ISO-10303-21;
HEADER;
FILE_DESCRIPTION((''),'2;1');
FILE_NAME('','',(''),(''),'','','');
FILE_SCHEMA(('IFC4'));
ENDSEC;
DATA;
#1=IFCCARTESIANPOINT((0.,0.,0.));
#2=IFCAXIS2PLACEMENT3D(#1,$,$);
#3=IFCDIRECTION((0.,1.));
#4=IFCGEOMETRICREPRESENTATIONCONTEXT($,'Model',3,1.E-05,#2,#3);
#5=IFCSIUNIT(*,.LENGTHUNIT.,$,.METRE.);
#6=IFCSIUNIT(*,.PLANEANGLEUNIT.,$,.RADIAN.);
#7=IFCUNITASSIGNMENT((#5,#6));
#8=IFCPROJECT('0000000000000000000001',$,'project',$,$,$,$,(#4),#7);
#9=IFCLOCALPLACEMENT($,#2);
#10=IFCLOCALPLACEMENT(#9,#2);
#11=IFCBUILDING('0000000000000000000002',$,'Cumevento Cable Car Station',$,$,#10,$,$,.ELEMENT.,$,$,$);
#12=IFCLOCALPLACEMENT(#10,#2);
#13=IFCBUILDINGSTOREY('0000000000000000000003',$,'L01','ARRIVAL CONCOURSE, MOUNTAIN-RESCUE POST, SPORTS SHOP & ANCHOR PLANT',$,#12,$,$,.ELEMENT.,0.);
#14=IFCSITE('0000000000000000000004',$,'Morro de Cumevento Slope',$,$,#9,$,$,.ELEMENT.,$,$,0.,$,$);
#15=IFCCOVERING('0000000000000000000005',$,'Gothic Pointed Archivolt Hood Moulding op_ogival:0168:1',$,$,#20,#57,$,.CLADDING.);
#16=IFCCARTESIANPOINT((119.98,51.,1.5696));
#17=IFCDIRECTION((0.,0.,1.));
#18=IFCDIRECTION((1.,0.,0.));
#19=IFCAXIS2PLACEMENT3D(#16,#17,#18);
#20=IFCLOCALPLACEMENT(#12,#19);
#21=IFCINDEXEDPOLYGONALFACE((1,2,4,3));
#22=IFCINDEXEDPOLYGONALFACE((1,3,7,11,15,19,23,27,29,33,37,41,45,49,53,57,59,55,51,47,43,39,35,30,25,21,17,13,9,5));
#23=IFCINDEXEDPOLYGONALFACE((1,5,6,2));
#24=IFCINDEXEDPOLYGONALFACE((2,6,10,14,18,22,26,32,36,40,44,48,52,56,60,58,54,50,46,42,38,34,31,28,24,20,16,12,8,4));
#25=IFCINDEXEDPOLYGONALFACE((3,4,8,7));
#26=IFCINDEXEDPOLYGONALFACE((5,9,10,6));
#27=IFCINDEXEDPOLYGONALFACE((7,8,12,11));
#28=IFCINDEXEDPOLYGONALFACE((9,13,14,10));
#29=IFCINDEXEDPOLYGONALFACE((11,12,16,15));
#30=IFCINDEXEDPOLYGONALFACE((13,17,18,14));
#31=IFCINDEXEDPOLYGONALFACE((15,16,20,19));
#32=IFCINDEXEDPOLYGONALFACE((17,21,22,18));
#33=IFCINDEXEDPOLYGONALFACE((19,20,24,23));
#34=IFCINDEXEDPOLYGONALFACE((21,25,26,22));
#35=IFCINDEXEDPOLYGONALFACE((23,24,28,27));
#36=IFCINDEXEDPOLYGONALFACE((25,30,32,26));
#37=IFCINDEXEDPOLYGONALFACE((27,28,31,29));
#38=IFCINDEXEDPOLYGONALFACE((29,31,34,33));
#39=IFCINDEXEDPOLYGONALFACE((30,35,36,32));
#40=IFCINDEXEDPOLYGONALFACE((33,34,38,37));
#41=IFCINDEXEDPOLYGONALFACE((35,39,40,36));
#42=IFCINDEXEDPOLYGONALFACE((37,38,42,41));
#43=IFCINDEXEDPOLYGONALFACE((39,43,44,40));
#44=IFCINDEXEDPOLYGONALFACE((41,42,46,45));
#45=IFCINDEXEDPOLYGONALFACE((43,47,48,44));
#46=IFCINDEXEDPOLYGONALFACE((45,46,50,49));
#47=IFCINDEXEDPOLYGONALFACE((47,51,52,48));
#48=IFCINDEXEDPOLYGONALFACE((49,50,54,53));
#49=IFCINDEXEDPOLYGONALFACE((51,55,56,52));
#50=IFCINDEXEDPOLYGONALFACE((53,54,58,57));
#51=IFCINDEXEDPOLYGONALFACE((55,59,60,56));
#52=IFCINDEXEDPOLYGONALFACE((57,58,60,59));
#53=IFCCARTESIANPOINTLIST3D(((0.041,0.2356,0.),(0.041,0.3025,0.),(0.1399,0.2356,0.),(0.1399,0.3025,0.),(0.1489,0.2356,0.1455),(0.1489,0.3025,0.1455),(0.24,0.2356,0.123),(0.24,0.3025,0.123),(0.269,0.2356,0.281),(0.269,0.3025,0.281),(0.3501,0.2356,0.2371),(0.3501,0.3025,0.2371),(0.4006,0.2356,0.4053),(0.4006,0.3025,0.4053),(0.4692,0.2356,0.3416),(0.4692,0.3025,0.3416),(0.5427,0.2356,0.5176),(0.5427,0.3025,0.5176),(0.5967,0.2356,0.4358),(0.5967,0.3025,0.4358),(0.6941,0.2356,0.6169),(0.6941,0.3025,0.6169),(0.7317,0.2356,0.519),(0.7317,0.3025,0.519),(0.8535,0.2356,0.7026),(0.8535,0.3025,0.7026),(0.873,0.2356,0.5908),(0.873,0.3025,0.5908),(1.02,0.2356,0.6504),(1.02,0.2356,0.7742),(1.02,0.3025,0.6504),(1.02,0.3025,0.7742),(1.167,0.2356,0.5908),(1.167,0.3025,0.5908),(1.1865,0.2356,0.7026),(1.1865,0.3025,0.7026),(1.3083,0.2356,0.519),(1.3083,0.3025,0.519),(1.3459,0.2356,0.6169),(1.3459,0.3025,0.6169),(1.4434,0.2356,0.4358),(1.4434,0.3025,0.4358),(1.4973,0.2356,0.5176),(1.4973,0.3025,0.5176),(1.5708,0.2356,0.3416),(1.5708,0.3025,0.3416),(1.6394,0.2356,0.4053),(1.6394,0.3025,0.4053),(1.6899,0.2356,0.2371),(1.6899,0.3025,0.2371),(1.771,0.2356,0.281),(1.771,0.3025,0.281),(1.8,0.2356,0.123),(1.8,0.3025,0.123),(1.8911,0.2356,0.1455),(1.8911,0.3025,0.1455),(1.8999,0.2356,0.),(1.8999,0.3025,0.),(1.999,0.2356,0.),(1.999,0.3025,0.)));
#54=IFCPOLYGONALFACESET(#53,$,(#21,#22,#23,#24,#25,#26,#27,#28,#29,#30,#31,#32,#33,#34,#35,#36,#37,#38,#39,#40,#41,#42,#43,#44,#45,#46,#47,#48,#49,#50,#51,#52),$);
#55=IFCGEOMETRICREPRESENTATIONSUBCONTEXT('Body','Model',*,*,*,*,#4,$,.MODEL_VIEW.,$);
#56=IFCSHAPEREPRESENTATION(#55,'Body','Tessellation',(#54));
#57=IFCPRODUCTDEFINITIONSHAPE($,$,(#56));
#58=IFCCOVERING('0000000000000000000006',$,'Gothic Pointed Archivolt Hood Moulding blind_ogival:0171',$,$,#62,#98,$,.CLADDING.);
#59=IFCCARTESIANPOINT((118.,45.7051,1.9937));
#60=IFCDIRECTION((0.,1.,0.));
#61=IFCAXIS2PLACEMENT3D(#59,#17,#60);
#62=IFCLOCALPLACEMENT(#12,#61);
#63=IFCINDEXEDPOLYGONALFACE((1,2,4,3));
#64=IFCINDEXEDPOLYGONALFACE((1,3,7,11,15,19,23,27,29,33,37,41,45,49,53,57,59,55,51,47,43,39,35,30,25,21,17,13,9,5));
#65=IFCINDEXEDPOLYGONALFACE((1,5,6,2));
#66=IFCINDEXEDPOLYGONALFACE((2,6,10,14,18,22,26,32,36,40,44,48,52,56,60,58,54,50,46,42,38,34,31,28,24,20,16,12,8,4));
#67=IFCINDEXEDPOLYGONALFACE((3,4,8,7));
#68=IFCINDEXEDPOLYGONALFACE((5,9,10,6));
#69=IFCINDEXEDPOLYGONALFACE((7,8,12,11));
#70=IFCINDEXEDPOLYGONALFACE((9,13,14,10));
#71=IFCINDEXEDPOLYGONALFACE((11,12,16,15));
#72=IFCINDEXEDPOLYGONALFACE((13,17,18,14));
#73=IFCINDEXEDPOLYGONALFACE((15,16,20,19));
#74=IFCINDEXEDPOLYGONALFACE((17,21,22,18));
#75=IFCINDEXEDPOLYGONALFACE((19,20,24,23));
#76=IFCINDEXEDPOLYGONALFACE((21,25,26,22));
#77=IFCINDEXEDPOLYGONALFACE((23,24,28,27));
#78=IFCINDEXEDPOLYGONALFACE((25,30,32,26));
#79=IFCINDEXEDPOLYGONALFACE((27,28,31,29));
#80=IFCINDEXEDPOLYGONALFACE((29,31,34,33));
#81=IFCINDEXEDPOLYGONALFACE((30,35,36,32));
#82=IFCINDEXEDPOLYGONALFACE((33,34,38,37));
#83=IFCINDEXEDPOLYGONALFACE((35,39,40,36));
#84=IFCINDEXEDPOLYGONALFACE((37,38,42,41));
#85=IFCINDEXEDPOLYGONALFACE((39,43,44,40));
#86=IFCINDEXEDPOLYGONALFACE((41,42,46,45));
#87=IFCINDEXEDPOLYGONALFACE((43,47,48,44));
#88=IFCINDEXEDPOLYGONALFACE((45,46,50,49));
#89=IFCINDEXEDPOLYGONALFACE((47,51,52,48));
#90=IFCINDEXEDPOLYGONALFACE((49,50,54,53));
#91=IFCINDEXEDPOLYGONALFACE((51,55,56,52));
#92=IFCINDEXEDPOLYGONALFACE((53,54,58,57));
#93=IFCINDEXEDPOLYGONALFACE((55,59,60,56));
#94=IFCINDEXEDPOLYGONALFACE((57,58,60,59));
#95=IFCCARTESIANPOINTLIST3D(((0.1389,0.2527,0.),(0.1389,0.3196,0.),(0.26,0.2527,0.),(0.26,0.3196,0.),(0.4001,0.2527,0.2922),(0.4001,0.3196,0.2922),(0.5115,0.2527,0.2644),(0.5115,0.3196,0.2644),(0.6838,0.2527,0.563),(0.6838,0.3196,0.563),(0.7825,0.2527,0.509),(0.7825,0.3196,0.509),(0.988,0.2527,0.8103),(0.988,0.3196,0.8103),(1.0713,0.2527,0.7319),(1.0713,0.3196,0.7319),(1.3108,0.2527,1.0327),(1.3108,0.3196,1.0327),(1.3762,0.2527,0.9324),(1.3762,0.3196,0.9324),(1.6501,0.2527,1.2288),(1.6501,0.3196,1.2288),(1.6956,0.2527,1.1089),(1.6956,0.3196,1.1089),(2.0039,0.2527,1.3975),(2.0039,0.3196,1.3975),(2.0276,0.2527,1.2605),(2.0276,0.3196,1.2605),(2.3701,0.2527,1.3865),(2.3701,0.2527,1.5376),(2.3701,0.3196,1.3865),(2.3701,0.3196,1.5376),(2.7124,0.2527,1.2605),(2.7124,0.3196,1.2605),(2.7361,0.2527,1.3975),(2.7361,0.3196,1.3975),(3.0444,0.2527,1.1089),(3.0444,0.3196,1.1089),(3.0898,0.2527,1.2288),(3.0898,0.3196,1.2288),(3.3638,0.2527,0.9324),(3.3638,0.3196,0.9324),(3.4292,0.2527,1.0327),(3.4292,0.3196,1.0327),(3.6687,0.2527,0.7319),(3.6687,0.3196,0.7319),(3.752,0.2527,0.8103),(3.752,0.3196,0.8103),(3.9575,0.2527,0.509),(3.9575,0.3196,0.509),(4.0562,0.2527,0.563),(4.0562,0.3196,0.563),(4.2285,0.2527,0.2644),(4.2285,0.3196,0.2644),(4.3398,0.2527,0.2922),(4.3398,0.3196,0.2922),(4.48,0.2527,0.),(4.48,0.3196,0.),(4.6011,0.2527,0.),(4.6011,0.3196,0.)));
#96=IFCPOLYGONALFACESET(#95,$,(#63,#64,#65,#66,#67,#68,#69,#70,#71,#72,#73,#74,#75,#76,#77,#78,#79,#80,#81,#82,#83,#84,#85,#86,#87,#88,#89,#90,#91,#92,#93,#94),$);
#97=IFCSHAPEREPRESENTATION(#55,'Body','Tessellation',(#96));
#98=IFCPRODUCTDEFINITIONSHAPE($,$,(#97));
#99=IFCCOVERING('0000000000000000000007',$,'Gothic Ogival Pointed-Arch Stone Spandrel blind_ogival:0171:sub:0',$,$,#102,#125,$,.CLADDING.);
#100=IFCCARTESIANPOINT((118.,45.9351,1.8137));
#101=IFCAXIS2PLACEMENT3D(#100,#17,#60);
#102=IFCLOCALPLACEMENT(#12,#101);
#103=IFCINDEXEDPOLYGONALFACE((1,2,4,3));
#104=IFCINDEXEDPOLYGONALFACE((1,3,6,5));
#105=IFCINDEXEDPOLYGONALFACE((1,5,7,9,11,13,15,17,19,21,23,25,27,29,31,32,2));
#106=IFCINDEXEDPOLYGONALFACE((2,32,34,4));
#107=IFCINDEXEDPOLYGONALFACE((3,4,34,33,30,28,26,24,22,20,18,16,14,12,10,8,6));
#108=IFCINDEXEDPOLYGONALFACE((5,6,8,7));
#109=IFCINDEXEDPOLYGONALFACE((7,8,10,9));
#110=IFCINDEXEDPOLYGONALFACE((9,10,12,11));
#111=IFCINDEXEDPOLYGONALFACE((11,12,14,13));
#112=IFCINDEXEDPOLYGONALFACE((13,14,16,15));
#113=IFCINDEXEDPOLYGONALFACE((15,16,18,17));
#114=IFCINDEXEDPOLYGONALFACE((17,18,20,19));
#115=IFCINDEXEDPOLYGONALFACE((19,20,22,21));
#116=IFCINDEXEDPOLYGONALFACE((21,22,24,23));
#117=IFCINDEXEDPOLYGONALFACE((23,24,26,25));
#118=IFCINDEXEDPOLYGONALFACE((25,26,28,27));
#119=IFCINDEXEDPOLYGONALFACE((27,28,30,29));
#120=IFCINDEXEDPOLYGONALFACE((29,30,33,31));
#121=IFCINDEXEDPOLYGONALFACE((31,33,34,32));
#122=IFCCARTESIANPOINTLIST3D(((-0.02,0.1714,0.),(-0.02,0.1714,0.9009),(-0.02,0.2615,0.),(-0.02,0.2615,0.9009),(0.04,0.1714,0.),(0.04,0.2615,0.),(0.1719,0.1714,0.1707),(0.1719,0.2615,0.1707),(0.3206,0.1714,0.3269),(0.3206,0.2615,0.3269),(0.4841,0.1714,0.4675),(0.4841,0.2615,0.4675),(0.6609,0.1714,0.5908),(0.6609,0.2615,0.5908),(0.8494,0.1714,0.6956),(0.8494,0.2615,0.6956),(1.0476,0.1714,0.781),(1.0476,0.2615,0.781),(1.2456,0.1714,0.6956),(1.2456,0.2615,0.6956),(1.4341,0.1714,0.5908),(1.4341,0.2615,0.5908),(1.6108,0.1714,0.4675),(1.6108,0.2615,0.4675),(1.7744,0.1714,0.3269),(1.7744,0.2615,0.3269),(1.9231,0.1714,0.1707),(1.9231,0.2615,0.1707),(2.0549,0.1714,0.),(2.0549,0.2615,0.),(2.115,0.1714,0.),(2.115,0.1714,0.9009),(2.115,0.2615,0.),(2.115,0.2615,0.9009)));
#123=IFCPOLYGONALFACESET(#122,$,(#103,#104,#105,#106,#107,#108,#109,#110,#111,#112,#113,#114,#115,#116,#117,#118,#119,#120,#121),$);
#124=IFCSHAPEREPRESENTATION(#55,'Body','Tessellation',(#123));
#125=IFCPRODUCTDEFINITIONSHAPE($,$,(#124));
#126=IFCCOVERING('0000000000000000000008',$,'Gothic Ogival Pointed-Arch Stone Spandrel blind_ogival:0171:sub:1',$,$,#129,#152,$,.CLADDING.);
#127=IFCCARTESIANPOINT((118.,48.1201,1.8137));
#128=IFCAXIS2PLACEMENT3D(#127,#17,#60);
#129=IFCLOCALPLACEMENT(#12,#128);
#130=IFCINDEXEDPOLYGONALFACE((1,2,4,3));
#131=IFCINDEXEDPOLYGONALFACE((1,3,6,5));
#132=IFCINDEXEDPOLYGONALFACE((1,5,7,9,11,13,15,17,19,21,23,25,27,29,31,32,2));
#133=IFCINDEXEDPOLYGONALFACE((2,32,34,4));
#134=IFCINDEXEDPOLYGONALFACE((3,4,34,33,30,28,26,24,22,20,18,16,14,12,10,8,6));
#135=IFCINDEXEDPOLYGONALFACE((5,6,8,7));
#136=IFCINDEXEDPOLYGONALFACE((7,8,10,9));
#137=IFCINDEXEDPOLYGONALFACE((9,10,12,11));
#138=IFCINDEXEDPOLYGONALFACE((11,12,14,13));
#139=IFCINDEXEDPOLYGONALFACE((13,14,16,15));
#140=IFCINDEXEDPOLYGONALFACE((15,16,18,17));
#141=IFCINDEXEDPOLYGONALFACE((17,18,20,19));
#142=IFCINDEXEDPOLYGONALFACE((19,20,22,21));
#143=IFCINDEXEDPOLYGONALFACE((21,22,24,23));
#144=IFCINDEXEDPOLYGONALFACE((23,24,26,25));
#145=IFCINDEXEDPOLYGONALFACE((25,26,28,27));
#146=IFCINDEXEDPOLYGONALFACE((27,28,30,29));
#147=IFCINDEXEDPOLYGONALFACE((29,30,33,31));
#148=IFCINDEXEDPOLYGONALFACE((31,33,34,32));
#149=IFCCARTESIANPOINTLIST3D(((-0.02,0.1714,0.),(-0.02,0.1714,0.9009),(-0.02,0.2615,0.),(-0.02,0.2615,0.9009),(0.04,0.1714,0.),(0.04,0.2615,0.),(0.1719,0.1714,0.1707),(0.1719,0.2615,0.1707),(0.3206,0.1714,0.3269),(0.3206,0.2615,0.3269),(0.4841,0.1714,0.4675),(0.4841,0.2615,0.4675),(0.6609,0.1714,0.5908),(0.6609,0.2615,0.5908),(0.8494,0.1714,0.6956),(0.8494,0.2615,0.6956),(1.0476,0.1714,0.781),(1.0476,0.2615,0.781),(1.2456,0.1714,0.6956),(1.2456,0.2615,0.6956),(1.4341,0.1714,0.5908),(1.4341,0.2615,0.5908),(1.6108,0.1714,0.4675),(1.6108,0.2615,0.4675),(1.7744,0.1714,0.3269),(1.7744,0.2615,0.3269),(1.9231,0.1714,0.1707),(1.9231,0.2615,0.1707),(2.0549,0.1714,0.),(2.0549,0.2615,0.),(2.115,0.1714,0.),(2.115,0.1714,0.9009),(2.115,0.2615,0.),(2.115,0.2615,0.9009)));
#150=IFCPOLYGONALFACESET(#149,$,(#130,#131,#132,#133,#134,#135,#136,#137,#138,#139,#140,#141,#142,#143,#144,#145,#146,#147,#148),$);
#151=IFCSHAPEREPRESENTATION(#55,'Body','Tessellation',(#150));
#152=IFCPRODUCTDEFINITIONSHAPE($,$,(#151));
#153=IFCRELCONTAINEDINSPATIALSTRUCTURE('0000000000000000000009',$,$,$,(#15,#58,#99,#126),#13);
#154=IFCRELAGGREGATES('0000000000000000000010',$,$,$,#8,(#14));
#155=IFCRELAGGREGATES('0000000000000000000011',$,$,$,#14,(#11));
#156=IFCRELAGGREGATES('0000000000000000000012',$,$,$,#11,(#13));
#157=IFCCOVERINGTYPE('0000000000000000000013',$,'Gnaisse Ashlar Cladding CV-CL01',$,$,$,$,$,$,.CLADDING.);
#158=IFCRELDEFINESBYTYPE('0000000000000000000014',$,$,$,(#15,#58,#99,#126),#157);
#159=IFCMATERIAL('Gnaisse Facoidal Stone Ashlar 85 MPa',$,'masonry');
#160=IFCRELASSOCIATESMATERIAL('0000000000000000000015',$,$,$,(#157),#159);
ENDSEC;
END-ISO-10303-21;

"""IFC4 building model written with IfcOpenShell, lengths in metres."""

from ifc_helpers import new_model, si_unit, direction, frame, origin, place, context, subcontext, project, spatial, polyline, outline, extrude, material, type_object, element, save


model = new_model("IFC4")

# Units and contexts
model_context = context("Model", 3, precision=1e-05, world=origin(), true_north=direction((0.0, 1.0)))
body_context = subcontext(model_context, "Body", "Model", "MODEL_VIEW")
ifc_project = project(units=[si_unit("LENGTHUNIT", "METRE"), si_unit("PLANEANGLEUNIT", "RADIAN")], contexts=[model_context])

# Site, building, storey
site_placement = place(None, origin())
site = spatial("IfcSite", under=ifc_project, at=site_placement, Name="Morro de Cumevento Slope", CompositionType="ELEMENT", RefElevation=0.0)
building_placement = place(site_placement, origin())
building = spatial("IfcBuilding", under=site, at=building_placement, Name="Cumevento Cable Car Station", CompositionType="ELEMENT")
storey_placement = place(building_placement, origin())
storey = spatial("IfcBuildingStorey", under=building, at=storey_placement, Name="L01", Description="ARRIVAL CONCOURSE, MOUNTAIN-RESCUE POST, SPORTS SHOP & ANCHOR PLANT", CompositionType="ELEMENT", Elevation=0.0)

# Coverings
ifc_material_1 = material(Name="Gnaisse Facoidal Stone Ashlar 85 MPa", Category="masonry")
covering_type = type_object("IfcCoveringType", Name="Gnaisse Ashlar Cladding CV-CL01", PredefinedType="CLADDING", material=ifc_material_1)
covering_1_placement = place(storey_placement, frame((119.98, 51.0, 1.5696), z_axis=(0.0, 0.0, 1.0), x_axis=(1.0, 0.0, 0.0)))
element("IfcCovering", 1, at=covering_1_placement, inside=storey, type_object=covering_type, Name="Gothic Pointed Archivolt Hood Moulding op_ogival:0168:1", PredefinedType="CLADDING", context=body_context, shape_type="SweptSolid", body=[
    extrude(outline(polyline([(0.1399, 0.0), (0.24, 0.123), (0.3501, 0.2371), (0.4692, 0.3416), (0.5967, 0.4358), (0.7317, 0.519), (0.873, 0.5908), (1.02, 0.6504), (1.167, 0.5908), (1.3083, 0.519), (1.4434, 0.4358), (1.5708, 0.3416), (1.6899, 0.2371), (1.8, 0.123), (1.8999, 0.0), (1.999, 0.0), (1.8911, 0.1455), (1.771, 0.281), (1.6394, 0.4053), (1.4973, 0.5176), (1.3459, 0.6169), (1.1865, 0.7026), (1.02, 0.7742), (0.8535, 0.7026), (0.6941, 0.6169), (0.5427, 0.5176), (0.4006, 0.4053), (0.269, 0.281), (0.1489, 0.1455), (0.041, 0.0), (0.1399, 0.0)])), frame((0.0, 0.3025, 0.0), z_axis=(0.0, -1.0, 0.0), x_axis=(1.0, 0.0, 0.0)), (0.0, 0.0, 1.0), 0.0669),
])
covering_2_placement = place(storey_placement, frame((118.0, 45.7051, 1.9937), z_axis=(0.0, 0.0, 1.0), x_axis=(0.0, 1.0, 0.0)))
element("IfcCovering", 2, at=covering_2_placement, inside=storey, type_object=covering_type, Name="Gothic Pointed Archivolt Hood Moulding blind_ogival:0171", PredefinedType="CLADDING", context=body_context, shape_type="SweptSolid", body=[
    extrude(outline(polyline([(0.26, 0.0), (0.5115, 0.2644), (0.7825, 0.509), (1.0713, 0.7319), (1.3762, 0.9324), (1.6956, 1.1089), (2.0276, 1.2605), (2.3701, 1.3865), (2.7124, 1.2605), (3.0444, 1.1089), (3.3638, 0.9324), (3.6687, 0.7319), (3.9575, 0.509), (4.2285, 0.2644), (4.48, 0.0), (4.6011, 0.0), (4.3398, 0.2922), (4.0562, 0.563), (3.752, 0.8103), (3.4292, 1.0327), (3.0898, 1.2288), (2.7361, 1.3975), (2.3701, 1.5376), (2.0039, 1.3975), (1.6501, 1.2288), (1.3108, 1.0327), (0.988, 0.8103), (0.6838, 0.563), (0.4001, 0.2922), (0.1389, 0.0), (0.26, 0.0)])), frame((0.0, 0.3196, 0.0), z_axis=(0.0, -1.0, 0.0), x_axis=(1.0, 0.0, 0.0)), (0.0, 0.0, 1.0), 0.0669),
])
for number, where, z_axis, x_axis, name in (
    (3, (118.0, 45.9351, 1.8137), (0.0, 0.0, 1.0), (0.0, 1.0, 0.0), "Gothic Ogival Pointed-Arch Stone Spandrel blind_ogival:0171:sub:0"),
    (4, (118.0, 48.1201, 1.8137), (0.0, 0.0, 1.0), (0.0, 1.0, 0.0), "Gothic Ogival Pointed-Arch Stone Spandrel blind_ogival:0171:sub:1"),
):
    element("IfcCovering", number, at=place(storey_placement, frame(where, z_axis=z_axis, x_axis=x_axis)), inside=storey, type_object=covering_type, Name=name, PredefinedType="CLADDING", context=body_context, shape_type="SweptSolid", body=[
        extrude(outline(polyline([(-0.02, 0.0), (-0.02, 0.9009), (2.115, 0.9009), (2.115, 0.0), (2.0549, 0.0), (1.9231, 0.1707), (1.7744, 0.3269), (1.6108, 0.4675), (1.4341, 0.5908), (1.2456, 0.6956), (1.0476, 0.781), (0.8494, 0.6956), (0.6609, 0.5908), (0.4841, 0.4675), (0.3206, 0.3269), (0.1719, 0.1707), (0.04, 0.0), (-0.02, 0.0)])), frame((0.0, 0.2615, 0.0), z_axis=(0.0, -1.0, 0.0), x_axis=(1.0, 0.0, 0.0)), (0.0, 0.0, 1.0), 0.0901),
    ])

save(model, "model.ifc")
